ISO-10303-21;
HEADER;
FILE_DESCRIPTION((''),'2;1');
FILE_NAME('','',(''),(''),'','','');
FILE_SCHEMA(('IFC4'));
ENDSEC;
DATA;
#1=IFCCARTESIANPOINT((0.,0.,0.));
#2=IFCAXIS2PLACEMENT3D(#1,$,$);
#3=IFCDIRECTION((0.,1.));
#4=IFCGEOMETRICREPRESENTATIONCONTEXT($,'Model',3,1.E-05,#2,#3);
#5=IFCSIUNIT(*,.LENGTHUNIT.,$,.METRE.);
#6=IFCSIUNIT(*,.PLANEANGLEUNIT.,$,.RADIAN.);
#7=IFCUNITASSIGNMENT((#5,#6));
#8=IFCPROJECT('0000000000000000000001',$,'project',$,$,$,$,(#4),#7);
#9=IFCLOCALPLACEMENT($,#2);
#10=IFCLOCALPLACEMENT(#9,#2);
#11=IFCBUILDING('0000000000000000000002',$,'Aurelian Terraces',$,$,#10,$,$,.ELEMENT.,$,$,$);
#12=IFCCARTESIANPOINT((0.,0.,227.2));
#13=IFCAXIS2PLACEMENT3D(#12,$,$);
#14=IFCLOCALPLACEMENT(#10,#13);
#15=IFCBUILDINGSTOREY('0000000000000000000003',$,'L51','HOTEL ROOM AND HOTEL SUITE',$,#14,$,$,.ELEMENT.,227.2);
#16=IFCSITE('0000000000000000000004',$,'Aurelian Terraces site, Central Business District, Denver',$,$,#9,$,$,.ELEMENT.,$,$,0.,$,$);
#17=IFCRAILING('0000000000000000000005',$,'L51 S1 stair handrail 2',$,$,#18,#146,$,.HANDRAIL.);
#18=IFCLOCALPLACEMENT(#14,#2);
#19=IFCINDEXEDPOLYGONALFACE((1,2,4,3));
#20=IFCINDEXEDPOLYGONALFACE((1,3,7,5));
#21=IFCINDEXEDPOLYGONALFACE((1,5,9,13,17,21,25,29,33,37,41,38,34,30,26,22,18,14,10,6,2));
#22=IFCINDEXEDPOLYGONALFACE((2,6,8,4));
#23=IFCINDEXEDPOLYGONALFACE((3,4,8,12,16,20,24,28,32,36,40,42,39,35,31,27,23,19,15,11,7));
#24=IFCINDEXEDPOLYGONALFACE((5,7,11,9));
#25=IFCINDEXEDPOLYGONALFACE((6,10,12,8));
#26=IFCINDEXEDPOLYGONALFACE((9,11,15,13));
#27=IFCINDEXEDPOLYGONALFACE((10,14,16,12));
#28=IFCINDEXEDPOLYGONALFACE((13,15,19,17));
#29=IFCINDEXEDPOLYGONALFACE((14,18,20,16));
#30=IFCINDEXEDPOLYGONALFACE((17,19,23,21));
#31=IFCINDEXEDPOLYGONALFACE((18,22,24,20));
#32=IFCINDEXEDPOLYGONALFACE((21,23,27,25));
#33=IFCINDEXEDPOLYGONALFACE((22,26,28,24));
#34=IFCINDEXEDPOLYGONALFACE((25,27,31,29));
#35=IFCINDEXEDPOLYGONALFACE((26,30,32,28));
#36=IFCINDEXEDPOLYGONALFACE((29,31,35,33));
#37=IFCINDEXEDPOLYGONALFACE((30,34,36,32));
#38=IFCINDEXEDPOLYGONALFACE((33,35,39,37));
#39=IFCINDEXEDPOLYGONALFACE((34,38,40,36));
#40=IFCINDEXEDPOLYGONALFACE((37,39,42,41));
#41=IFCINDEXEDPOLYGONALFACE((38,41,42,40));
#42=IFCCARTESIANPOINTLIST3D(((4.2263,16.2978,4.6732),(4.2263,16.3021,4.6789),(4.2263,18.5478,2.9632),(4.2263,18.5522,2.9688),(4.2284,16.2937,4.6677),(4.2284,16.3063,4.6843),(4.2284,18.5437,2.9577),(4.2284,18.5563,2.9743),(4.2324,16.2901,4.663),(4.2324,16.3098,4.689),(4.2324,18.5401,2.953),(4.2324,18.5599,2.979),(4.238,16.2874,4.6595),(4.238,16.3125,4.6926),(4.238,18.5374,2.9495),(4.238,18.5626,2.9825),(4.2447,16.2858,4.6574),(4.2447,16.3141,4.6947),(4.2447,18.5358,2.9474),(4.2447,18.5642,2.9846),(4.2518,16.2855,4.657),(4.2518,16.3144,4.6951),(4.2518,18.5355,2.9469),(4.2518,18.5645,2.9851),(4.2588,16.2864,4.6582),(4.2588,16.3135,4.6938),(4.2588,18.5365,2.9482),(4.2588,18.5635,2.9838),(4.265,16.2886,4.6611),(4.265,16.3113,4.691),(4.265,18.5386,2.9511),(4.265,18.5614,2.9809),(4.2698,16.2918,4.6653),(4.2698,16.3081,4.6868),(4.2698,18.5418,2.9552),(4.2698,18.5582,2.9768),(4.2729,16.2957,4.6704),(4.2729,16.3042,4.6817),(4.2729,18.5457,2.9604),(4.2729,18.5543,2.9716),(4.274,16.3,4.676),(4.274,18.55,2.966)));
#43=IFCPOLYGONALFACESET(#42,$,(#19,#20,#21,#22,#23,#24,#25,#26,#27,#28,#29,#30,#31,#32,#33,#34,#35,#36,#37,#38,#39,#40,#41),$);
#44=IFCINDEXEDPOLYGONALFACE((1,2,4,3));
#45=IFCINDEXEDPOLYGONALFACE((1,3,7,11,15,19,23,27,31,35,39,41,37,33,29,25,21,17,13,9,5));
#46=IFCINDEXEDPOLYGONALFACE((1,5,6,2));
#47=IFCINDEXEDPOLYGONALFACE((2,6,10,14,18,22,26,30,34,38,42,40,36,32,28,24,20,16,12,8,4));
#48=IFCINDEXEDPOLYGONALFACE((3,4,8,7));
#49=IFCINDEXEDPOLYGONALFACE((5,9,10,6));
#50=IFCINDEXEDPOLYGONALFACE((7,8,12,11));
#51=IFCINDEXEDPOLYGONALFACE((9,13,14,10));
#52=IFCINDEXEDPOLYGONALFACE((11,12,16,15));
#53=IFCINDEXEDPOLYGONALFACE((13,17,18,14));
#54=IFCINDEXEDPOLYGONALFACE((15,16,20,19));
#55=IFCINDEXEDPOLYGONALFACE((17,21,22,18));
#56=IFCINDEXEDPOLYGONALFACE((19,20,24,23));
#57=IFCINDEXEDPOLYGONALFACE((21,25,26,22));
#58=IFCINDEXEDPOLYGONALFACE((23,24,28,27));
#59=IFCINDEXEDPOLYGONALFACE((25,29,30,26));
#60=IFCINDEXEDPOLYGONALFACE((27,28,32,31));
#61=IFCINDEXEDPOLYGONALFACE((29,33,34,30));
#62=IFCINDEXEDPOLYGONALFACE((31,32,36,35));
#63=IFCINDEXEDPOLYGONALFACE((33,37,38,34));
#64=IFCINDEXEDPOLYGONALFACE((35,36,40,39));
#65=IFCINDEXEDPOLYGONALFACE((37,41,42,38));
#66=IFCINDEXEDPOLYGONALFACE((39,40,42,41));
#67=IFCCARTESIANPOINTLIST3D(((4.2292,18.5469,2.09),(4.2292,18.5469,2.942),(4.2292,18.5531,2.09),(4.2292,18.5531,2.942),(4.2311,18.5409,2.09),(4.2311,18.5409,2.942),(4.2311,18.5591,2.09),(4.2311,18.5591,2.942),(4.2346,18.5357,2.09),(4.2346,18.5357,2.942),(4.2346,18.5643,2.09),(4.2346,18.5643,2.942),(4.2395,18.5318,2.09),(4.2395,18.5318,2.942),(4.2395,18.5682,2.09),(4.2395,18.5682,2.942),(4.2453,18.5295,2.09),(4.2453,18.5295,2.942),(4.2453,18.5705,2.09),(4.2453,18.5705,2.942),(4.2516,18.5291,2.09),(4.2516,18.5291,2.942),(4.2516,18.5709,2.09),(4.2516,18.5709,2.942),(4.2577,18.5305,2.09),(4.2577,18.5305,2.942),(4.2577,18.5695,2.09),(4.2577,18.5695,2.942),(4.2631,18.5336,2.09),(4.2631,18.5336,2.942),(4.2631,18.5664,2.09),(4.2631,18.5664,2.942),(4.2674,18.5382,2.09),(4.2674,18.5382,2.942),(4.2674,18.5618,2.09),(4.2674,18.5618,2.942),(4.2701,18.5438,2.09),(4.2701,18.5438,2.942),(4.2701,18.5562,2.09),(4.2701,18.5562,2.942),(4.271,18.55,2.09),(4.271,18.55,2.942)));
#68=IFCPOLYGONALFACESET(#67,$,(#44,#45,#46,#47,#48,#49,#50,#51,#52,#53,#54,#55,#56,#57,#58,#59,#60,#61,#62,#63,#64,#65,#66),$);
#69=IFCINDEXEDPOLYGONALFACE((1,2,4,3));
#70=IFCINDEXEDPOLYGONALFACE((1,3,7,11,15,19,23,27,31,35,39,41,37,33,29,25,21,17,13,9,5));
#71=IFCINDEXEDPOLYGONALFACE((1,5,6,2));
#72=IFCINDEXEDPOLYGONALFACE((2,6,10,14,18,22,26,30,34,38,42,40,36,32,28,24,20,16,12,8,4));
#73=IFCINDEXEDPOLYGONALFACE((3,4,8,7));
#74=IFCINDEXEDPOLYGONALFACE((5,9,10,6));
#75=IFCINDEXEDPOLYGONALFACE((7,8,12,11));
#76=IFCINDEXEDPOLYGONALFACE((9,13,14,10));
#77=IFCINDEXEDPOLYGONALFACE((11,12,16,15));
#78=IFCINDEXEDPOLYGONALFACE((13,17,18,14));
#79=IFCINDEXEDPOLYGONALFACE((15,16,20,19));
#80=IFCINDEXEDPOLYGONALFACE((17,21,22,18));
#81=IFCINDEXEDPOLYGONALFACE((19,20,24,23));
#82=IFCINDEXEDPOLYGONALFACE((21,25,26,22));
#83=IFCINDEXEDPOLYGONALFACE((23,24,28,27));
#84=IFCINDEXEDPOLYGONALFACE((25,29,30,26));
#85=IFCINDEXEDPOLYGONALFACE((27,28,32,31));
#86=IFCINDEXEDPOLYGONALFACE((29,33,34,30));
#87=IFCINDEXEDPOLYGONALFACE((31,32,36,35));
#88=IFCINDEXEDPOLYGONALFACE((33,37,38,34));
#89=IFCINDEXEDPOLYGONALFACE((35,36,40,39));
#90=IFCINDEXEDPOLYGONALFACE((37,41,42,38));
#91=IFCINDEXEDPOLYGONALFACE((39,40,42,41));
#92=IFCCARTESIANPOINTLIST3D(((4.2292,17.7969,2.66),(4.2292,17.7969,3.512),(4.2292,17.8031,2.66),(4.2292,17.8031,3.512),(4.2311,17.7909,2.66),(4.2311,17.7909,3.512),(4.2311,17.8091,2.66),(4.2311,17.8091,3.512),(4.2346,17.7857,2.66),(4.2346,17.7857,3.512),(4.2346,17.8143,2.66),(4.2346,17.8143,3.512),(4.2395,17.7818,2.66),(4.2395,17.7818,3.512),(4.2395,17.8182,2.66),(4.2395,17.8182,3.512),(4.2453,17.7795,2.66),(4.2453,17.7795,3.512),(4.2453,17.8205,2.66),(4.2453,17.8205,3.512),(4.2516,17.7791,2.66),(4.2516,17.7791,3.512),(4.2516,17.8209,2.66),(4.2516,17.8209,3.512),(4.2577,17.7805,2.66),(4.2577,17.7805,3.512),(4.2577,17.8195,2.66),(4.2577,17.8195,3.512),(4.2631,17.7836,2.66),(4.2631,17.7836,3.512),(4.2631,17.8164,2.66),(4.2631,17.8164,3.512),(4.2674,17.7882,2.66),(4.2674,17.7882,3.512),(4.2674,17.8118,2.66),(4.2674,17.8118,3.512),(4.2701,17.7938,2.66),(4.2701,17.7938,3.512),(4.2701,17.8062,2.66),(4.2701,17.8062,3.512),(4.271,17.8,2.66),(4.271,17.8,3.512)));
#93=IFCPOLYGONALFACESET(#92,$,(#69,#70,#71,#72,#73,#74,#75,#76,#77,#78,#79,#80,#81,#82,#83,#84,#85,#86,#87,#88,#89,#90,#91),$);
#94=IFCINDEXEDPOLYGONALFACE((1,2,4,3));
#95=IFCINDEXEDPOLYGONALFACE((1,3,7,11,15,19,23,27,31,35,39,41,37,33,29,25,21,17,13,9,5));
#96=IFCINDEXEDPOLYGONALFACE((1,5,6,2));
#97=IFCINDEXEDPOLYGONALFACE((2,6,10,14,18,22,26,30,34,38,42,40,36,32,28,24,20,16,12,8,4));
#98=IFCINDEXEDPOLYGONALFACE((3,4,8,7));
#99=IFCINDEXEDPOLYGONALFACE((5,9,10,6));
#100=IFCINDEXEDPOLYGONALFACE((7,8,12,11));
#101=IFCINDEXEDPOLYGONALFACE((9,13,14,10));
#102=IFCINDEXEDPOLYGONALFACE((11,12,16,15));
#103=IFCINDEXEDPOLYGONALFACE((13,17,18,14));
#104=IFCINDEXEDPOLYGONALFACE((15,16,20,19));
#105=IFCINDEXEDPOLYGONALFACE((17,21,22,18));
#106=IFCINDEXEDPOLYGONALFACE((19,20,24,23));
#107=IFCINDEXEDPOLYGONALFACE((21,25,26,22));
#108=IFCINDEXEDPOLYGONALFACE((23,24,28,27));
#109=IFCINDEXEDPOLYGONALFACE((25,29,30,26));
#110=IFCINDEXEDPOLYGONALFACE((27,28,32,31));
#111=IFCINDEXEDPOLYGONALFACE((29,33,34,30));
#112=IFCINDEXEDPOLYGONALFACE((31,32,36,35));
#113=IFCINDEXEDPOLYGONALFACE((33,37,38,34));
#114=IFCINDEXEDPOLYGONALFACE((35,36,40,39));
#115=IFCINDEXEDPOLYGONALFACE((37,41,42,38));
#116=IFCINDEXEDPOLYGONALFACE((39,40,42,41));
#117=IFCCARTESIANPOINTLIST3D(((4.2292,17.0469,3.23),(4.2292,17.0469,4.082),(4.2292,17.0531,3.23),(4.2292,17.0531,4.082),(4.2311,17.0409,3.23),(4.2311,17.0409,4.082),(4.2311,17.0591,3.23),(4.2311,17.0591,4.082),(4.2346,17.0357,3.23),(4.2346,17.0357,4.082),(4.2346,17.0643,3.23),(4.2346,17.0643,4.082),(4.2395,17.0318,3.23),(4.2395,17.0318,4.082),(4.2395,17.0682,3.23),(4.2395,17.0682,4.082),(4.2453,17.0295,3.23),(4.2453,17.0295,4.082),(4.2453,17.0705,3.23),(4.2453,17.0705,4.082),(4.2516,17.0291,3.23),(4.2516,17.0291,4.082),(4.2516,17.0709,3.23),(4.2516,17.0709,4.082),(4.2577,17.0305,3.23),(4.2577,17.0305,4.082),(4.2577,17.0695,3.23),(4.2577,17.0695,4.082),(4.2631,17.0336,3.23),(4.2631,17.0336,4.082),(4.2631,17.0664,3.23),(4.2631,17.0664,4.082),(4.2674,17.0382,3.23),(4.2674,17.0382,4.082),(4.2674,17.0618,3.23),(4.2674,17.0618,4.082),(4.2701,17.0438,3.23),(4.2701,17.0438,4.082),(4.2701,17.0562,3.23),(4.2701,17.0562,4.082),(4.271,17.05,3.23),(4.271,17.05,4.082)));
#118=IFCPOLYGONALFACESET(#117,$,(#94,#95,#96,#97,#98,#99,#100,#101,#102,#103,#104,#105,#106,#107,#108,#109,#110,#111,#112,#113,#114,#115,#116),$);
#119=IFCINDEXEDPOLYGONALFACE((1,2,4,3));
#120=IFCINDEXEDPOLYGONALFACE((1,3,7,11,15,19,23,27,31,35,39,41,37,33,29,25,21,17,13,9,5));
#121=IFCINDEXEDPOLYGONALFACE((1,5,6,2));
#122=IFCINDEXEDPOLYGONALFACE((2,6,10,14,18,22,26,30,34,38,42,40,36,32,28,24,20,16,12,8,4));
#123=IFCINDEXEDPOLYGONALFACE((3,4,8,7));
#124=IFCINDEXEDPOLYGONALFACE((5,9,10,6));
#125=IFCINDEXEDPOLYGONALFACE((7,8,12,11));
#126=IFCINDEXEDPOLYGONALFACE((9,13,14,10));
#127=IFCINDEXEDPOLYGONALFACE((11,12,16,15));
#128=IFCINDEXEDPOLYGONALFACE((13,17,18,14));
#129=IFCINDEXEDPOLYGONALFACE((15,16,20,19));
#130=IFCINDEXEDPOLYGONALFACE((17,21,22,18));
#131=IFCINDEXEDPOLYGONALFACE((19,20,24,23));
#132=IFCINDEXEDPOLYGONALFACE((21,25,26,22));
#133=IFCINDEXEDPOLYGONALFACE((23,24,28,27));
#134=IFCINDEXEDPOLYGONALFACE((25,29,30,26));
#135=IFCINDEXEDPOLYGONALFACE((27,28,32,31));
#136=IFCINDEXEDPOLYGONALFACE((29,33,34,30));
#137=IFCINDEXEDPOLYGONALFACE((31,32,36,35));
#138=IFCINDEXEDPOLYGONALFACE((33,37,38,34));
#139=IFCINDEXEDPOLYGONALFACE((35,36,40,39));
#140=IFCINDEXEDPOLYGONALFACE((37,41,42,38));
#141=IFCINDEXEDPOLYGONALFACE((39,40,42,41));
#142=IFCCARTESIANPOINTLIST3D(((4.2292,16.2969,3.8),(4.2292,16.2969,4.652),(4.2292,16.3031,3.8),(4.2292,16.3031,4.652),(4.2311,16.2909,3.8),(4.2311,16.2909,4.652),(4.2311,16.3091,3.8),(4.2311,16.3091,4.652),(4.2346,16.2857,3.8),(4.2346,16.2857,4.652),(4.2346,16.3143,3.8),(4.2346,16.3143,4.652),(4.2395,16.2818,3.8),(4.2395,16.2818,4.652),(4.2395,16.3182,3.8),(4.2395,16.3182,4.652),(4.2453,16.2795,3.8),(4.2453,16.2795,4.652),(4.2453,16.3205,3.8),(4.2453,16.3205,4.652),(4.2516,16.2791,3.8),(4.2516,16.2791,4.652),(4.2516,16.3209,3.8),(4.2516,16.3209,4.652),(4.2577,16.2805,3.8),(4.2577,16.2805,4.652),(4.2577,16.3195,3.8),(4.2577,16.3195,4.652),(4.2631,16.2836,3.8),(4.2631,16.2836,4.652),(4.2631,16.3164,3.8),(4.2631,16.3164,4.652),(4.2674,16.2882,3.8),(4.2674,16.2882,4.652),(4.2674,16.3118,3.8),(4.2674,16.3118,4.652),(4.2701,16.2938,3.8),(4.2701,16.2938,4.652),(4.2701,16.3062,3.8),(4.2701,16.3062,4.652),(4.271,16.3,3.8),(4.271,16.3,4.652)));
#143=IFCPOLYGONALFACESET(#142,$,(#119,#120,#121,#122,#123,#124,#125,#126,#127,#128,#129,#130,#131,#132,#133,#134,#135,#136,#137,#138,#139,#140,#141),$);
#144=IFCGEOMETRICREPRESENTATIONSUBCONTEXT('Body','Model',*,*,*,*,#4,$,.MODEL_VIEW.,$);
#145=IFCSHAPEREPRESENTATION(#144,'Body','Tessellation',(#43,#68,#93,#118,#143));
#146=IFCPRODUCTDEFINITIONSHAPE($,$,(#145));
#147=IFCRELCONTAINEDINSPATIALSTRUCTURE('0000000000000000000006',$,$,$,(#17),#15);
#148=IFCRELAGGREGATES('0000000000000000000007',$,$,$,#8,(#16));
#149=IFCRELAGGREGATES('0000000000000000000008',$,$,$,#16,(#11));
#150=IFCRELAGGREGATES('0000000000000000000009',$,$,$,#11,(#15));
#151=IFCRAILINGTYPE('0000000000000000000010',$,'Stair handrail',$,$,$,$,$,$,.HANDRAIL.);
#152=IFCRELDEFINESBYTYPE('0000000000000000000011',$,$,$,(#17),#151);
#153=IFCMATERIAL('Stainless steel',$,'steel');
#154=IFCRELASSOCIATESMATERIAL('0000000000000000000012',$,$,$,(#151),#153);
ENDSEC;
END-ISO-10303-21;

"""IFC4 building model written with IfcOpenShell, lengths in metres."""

from ifc_helpers import new_model, si_unit, direction, frame, origin, origin_2d, place, context, subcontext, project, spatial, circle, extrude, source, transform, mapped, material, type_object, element, save


model = new_model("IFC4")

# Units and contexts
model_context = context("Model", 3, precision=1e-05, world=origin(), true_north=direction((0.0, 1.0)))
body_context = subcontext(model_context, "Body", "Model", "MODEL_VIEW")
ifc_project = project(units=[si_unit("LENGTHUNIT", "METRE"), si_unit("PLANEANGLEUNIT", "RADIAN")], contexts=[model_context])

# Site, building, storey
site_placement = place(None, origin())
site = spatial("IfcSite", under=ifc_project, at=site_placement, Name="Aurelian Terraces site, Central Business District, Denver", CompositionType="ELEMENT", RefElevation=0.0)
building_placement = place(site_placement, origin())
building = spatial("IfcBuilding", under=site, at=building_placement, Name="Aurelian Terraces", CompositionType="ELEMENT")
storey_placement = place(building_placement, frame((0.0, 0.0, 227.2)))
storey = spatial("IfcBuildingStorey", under=building, at=storey_placement, Name="L51", Description="HOTEL ROOM AND HOTEL SUITE", CompositionType="ELEMENT", Elevation=227.2)

# Shared definitions
ifc_material_1 = material(Name="Stainless steel", Category="steel")

# Railing
railing_type_1 = type_object("IfcRailingType", Name="Stair handrail", PredefinedType="HANDRAIL", material=ifc_material_1)
shared_shape_1 = source(origin(), body_context, "Body", "SweptSolid", [
    extrude(circle(Radius=0.024, at=origin_2d()), frame((0.0, 0.0, 0.876), z_axis=(0.0, -0.796162, 0.605083), x_axis=(1.0, 0.0, 0.0)), (0.0, 0.0, 1.0), 2.8261),
    extrude(circle(Radius=0.021, at=origin_2d()), origin(), (0.0, 0.0, 1.0), 0.852),
    extrude(circle(Radius=0.021, at=origin_2d()), frame((0.0, -0.75, 0.57)), (0.0, 0.0, 1.0), 0.852),
    extrude(circle(Radius=0.021, at=origin_2d()), frame((0.0, -1.5, 1.14)), (0.0, 0.0, 1.0), 0.852),
    extrude(circle(Radius=0.021, at=origin_2d()), frame((0.0, -2.25, 1.71)), (0.0, 0.0, 1.0), 0.852),
])
railing_1_placement = place(storey_placement, frame((4.25, 18.55, 2.09)))
element("IfcRailing", 1, at=railing_1_placement, inside=storey, type_object=railing_type_1, Name="L51 S1 stair handrail 2", PredefinedType="HANDRAIL", context=body_context, shape_type="MappedRepresentation", body=[
    mapped(shared_shape_1, transform((0.0, 0.0, 0.0), scale=1.0)),
])

save(model, "model.ifc")
